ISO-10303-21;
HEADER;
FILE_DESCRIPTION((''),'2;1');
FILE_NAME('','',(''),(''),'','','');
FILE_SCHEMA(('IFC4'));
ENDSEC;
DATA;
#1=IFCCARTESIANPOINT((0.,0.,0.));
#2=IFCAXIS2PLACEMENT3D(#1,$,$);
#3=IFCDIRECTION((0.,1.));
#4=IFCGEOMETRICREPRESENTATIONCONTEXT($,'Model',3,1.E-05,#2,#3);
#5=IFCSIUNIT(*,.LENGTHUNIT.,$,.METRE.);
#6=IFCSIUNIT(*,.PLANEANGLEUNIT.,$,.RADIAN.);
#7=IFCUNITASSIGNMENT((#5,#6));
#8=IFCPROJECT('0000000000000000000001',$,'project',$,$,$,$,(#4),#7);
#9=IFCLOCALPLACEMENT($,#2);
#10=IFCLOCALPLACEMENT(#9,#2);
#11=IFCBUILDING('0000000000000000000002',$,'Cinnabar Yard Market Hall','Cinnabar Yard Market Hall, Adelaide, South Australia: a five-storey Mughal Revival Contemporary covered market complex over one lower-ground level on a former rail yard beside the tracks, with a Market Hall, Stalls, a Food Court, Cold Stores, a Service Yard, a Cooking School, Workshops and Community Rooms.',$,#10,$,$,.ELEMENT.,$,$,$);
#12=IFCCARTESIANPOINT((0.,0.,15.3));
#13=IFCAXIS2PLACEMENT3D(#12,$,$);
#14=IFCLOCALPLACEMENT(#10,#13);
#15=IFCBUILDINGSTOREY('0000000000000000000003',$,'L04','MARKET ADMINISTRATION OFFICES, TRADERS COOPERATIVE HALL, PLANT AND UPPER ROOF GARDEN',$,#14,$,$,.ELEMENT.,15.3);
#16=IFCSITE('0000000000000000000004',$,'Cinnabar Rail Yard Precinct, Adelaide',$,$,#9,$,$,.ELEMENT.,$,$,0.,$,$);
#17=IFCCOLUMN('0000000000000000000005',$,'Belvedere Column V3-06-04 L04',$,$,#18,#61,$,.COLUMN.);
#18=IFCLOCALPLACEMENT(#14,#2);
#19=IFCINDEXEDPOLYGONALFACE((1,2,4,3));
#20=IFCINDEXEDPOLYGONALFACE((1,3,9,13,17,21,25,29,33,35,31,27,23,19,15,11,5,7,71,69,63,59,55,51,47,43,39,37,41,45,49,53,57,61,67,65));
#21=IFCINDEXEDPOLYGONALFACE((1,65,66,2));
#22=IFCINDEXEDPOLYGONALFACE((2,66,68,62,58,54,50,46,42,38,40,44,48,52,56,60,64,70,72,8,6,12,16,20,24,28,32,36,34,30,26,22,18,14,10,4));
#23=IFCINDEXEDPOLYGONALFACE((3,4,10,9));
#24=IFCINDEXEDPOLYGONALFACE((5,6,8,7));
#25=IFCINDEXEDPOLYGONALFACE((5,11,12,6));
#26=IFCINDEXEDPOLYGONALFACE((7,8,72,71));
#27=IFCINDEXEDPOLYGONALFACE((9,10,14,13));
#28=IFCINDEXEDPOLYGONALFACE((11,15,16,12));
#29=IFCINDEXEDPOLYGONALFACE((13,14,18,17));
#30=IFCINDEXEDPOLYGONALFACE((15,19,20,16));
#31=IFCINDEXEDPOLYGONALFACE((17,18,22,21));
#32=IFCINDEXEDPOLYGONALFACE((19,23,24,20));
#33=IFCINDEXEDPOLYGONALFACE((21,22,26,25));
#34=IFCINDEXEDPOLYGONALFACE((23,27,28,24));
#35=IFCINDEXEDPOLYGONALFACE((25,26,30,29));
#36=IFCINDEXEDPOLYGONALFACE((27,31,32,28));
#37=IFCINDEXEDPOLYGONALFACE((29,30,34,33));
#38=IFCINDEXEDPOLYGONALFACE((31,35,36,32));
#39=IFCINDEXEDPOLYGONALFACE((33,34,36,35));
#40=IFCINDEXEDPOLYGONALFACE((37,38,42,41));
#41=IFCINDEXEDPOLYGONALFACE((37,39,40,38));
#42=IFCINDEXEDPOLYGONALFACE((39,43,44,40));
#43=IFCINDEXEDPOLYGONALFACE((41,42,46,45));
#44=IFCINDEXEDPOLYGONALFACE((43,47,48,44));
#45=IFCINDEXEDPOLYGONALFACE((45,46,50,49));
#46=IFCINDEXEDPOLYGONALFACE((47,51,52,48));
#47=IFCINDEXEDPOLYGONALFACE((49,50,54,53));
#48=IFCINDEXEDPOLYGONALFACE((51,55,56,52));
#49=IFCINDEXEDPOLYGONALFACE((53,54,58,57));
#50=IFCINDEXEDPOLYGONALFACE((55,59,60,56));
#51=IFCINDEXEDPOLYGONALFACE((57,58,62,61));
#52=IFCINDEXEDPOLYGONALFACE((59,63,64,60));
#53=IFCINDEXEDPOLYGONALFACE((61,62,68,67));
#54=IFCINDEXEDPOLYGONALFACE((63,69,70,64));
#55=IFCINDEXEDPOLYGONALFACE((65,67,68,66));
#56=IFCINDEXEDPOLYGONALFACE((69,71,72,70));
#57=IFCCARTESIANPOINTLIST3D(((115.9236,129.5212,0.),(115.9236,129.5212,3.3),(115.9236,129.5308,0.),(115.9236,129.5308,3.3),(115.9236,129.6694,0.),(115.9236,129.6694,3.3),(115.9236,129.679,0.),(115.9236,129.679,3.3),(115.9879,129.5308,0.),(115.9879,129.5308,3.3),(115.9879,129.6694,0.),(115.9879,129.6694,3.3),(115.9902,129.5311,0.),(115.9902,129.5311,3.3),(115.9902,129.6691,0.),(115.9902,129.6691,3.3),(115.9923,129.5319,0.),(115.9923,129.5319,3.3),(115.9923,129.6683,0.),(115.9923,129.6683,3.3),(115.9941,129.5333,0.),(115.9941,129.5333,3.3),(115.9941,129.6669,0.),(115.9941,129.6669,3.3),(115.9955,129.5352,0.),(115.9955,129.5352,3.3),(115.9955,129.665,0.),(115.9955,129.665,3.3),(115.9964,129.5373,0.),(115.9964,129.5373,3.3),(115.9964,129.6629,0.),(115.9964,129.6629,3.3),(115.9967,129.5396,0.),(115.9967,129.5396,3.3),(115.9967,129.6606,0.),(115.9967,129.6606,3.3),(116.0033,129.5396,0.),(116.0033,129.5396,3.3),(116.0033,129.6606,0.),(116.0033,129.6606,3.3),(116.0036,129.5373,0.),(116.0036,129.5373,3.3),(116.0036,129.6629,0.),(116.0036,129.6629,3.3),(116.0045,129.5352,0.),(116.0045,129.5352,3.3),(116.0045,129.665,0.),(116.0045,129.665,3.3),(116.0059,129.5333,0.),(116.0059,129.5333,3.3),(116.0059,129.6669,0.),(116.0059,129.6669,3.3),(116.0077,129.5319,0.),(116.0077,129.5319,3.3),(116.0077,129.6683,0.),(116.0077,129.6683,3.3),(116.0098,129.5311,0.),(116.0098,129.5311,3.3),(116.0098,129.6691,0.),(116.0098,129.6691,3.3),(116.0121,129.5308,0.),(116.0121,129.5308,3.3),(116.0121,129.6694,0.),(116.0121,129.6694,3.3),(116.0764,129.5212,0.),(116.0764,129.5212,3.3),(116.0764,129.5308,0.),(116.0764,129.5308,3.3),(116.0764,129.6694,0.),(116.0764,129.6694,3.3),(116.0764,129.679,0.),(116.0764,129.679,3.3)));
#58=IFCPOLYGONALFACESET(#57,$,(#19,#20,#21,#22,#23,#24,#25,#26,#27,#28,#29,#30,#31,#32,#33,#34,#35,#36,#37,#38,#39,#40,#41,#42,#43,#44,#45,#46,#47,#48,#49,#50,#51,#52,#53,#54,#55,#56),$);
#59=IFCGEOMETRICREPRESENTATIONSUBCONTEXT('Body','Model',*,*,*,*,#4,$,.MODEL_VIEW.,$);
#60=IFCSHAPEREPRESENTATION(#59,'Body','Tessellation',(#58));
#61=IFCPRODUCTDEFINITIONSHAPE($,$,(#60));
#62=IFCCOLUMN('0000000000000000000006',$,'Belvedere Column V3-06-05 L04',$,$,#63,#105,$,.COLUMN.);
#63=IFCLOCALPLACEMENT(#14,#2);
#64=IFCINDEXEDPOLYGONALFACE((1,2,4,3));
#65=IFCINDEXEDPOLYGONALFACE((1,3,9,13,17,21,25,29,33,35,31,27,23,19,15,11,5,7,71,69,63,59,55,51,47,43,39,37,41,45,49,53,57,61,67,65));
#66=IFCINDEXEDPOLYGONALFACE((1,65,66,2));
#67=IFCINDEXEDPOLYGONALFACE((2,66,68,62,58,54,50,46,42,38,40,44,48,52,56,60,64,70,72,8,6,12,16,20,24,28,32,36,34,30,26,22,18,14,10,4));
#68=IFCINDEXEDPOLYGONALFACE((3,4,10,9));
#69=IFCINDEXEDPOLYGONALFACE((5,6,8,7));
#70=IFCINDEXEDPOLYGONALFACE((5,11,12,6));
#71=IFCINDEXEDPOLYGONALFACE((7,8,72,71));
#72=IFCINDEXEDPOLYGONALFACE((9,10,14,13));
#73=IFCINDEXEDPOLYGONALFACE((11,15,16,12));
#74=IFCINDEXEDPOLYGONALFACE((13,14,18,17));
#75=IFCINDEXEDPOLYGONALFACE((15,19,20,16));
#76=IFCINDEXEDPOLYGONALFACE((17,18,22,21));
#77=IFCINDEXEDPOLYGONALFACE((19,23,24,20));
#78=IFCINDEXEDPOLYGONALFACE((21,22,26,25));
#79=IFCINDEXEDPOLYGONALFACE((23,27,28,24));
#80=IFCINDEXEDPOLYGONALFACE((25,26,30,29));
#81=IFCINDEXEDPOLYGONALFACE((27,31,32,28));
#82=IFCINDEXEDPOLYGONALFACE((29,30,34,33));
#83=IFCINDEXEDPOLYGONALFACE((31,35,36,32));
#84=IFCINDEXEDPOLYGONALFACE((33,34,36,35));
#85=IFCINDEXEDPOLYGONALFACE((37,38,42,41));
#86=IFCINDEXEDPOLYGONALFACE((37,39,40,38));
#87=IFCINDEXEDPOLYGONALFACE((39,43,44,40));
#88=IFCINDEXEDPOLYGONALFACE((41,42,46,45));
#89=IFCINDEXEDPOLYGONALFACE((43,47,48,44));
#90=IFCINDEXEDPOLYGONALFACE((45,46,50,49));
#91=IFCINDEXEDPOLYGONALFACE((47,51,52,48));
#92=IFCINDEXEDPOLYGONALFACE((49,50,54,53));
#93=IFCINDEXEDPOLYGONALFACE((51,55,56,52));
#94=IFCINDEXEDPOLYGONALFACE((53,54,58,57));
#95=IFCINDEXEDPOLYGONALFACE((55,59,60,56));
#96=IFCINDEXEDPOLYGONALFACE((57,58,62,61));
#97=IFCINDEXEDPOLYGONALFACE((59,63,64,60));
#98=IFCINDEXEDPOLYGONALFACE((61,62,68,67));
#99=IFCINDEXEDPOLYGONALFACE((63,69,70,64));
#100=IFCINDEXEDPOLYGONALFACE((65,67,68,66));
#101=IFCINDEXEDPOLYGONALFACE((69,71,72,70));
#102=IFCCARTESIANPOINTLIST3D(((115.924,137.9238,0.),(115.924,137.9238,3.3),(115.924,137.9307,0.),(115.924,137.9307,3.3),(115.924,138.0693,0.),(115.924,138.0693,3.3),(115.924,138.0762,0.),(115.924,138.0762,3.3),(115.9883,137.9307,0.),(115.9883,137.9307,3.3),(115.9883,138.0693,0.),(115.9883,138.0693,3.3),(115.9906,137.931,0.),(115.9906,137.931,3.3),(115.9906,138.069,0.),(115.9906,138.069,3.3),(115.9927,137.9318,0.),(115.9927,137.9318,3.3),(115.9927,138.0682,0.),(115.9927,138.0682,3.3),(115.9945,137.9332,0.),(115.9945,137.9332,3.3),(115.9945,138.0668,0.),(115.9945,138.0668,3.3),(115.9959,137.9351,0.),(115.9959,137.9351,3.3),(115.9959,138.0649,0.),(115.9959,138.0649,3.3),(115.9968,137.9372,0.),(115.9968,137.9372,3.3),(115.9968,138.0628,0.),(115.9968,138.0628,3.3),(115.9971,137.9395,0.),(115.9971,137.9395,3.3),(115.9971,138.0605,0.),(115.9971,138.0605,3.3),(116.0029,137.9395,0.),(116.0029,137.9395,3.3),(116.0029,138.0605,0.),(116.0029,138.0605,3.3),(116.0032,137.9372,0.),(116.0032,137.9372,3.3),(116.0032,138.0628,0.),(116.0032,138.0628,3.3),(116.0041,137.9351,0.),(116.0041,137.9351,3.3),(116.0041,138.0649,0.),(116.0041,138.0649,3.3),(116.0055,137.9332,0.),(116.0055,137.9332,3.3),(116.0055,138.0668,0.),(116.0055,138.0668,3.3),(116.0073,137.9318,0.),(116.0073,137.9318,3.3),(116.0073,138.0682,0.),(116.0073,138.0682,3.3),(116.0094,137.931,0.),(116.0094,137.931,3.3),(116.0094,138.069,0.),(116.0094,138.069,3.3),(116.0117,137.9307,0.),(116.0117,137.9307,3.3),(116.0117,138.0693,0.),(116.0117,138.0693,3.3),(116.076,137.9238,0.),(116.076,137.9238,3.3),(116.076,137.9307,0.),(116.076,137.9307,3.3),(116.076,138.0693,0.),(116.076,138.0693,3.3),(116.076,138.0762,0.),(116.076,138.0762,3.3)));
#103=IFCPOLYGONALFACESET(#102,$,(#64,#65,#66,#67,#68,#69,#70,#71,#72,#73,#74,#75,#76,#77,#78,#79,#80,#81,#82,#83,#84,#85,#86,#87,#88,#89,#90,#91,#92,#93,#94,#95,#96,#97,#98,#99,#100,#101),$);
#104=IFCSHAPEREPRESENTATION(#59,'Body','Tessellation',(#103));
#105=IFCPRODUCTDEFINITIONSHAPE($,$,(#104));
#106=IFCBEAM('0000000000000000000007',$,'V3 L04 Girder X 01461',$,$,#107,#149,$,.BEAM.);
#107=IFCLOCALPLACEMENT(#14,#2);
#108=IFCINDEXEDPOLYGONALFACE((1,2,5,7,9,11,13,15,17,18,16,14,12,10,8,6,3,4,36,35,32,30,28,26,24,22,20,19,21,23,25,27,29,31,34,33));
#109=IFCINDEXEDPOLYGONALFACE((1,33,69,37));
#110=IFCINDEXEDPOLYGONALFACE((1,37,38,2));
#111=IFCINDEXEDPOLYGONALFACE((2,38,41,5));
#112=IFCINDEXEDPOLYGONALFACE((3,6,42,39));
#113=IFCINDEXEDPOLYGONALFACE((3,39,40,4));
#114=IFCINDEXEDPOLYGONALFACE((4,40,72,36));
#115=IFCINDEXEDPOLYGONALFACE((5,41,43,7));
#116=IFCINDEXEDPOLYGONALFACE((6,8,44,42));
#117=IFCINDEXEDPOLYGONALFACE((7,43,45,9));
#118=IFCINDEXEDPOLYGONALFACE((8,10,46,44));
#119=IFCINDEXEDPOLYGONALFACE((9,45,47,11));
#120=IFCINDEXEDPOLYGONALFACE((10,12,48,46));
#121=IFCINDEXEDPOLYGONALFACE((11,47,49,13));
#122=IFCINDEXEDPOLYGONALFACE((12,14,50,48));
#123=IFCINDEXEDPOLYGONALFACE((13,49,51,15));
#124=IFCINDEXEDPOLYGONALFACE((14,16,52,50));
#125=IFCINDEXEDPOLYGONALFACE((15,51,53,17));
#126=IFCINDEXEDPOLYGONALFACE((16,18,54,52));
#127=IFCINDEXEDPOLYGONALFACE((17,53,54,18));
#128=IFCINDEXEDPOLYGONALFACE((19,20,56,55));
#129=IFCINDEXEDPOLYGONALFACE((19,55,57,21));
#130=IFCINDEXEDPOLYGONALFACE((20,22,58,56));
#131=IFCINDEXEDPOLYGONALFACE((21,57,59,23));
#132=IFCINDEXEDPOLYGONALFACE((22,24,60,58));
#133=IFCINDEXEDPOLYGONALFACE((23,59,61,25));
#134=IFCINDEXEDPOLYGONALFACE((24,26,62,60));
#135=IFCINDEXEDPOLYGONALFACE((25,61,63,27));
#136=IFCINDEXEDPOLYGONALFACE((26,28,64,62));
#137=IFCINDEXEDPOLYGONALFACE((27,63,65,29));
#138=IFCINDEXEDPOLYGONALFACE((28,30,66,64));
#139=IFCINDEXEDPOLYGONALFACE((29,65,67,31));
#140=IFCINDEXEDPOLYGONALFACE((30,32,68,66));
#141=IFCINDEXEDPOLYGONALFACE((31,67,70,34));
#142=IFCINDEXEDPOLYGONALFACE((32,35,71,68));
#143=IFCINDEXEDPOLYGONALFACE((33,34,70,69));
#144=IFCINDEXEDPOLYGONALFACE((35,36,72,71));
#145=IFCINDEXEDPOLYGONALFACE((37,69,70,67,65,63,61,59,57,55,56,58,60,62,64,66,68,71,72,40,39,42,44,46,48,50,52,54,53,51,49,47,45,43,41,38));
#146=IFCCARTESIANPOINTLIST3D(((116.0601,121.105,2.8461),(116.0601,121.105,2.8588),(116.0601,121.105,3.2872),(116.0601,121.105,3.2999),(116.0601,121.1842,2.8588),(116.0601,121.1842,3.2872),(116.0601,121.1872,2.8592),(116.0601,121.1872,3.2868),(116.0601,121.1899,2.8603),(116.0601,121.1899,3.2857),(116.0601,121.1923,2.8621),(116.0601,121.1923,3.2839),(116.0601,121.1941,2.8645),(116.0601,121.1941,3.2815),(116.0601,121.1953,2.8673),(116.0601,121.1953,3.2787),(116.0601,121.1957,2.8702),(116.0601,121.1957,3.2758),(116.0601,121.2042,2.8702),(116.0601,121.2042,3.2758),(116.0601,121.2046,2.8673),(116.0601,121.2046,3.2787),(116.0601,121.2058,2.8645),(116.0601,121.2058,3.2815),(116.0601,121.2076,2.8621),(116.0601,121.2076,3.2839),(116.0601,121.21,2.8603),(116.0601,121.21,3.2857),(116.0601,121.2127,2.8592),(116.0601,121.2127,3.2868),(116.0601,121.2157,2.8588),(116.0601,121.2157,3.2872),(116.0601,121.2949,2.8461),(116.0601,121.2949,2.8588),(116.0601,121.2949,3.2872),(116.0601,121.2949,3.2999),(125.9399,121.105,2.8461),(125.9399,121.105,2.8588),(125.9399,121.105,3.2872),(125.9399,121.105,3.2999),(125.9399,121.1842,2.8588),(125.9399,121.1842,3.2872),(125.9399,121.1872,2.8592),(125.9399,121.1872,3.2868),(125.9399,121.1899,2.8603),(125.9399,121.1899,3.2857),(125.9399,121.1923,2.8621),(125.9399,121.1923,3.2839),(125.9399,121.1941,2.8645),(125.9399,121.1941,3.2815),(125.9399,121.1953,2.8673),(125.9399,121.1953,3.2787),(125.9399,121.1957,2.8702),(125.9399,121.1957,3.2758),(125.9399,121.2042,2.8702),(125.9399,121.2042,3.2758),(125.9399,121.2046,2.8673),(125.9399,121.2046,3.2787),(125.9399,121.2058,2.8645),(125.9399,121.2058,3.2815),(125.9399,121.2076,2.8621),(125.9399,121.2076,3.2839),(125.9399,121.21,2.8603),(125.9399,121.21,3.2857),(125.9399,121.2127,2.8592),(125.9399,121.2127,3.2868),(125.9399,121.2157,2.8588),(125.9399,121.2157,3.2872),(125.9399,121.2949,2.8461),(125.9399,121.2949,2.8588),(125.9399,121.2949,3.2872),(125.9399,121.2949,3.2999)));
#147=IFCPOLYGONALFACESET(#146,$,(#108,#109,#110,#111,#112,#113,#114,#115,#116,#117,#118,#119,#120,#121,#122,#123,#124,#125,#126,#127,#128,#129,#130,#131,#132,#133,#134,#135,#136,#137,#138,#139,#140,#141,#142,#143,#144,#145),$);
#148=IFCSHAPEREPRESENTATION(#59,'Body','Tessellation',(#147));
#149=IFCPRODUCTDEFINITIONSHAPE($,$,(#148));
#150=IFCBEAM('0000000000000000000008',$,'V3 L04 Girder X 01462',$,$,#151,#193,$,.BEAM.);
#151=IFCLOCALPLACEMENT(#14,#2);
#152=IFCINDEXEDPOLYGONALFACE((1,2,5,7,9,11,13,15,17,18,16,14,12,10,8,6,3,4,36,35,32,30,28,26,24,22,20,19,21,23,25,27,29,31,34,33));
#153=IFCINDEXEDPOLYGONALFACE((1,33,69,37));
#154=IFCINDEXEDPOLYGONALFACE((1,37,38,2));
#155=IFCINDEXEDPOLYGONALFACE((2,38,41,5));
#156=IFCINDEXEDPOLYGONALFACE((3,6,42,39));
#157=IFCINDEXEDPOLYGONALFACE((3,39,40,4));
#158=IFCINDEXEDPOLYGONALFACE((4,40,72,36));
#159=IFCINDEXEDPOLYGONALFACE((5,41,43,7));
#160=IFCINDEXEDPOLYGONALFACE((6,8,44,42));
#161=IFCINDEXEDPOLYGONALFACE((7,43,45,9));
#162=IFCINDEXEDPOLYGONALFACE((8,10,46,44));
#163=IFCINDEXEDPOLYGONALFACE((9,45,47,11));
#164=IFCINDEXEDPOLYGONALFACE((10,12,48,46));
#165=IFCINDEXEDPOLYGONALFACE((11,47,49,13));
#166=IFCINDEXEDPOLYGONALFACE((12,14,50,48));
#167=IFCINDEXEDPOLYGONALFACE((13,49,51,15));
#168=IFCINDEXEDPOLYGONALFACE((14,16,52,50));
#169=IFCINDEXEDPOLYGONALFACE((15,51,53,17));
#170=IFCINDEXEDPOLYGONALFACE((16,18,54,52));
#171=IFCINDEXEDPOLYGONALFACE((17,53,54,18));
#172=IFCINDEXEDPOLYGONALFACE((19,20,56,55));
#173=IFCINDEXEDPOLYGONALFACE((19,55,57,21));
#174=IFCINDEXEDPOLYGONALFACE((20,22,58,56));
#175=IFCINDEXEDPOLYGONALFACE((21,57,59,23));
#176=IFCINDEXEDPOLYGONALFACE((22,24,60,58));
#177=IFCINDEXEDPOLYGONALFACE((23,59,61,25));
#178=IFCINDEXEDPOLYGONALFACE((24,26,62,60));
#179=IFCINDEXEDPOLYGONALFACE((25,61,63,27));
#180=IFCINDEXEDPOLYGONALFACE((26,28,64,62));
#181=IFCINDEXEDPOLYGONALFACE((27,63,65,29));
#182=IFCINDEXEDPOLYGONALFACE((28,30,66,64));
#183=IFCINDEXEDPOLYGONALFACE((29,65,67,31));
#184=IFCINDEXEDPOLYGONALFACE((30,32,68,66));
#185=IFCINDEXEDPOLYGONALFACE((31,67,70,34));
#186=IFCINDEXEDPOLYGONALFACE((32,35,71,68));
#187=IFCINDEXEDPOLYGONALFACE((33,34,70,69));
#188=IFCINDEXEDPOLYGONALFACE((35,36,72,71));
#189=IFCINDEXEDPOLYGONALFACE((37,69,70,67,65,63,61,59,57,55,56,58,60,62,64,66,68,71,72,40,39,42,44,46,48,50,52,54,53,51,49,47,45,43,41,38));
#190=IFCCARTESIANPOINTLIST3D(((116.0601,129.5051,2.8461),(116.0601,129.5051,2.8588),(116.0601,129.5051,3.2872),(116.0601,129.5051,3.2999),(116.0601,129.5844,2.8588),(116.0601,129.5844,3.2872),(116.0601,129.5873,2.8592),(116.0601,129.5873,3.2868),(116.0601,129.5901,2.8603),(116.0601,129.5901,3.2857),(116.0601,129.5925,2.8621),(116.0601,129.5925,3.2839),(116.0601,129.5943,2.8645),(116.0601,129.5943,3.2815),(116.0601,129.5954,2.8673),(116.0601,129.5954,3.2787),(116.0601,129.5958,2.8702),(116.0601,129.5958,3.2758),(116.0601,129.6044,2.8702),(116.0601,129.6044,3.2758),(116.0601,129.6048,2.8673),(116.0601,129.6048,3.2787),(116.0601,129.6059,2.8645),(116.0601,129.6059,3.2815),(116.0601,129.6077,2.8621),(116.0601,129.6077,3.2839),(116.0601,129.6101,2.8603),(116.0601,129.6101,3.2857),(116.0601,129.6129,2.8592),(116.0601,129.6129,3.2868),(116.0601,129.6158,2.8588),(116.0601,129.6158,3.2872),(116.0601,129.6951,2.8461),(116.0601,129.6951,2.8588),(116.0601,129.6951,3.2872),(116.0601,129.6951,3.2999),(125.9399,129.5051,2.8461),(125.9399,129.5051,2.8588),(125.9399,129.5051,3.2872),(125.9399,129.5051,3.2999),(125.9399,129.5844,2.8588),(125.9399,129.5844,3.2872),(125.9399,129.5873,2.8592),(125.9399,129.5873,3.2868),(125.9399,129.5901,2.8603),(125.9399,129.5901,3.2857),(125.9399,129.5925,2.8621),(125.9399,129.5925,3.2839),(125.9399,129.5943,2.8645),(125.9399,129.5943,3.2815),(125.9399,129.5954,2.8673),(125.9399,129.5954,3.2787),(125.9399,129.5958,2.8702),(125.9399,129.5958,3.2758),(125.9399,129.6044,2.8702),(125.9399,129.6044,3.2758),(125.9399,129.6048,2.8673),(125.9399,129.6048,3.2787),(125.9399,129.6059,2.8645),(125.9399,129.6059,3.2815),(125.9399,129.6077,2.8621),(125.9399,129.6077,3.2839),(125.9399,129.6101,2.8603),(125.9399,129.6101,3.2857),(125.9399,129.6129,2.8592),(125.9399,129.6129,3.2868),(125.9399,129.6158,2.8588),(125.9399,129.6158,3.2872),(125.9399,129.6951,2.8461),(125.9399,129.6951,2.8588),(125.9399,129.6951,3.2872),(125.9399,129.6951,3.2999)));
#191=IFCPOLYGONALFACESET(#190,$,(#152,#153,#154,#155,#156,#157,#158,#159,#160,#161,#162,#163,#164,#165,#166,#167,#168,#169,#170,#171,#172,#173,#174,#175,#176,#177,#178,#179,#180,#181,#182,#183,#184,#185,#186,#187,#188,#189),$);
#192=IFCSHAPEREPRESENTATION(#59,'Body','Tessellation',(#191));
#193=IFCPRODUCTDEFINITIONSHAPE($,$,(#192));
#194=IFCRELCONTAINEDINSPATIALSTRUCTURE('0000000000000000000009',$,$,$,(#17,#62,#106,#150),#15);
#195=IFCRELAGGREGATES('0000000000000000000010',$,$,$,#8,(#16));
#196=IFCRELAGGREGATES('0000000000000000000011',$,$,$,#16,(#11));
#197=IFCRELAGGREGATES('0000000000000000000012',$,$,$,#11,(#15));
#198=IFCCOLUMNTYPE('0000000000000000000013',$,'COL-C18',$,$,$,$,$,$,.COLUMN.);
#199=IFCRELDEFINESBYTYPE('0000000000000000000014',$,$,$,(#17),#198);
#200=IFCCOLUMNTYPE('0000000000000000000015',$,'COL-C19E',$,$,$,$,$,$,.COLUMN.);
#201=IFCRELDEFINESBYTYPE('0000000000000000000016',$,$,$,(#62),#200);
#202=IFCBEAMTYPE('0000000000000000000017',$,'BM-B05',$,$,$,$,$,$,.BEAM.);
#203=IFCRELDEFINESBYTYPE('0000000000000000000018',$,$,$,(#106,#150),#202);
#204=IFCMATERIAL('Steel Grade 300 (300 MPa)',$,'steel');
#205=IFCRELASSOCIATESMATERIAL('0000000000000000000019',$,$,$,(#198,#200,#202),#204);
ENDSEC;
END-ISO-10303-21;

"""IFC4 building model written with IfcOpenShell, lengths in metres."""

from ifc_helpers import new_model, si_unit, direction, frame, origin, origin_2d_with_axis, place, context, subcontext, project, spatial, i_section, extrude, material, material_profile, profile_set, type_object, element, save


model = new_model("IFC4")

# Units and contexts
model_context = context("Model", 3, precision=1e-05, world=origin(), true_north=direction((0.0, 1.0)))
body_context = subcontext(model_context, "Body", "Model", "MODEL_VIEW")
ifc_project = project(units=[si_unit("LENGTHUNIT", "METRE"), si_unit("PLANEANGLEUNIT", "RADIAN")], contexts=[model_context])

# Site, building, storey
site_placement = place(None, origin())
site = spatial("IfcSite", under=ifc_project, at=site_placement, Name="Cinnabar Rail Yard Precinct, Adelaide", CompositionType="ELEMENT", RefElevation=0.0)
building_placement = place(site_placement, origin())
building = spatial("IfcBuilding", under=site, at=building_placement, Name="Cinnabar Yard Market Hall", Description="Cinnabar Yard Market Hall, Adelaide, South Australia: a five-storey Mughal Revival Contemporary covered market complex over one lower-ground level on a former rail yard beside the tracks, with a Market Hall, Stalls, a Food Court, Cold Stores, a Service Yard, a Cooking School, Workshops and Community Rooms.", CompositionType="ELEMENT")
storey_placement = place(building_placement, frame((0.0, 0.0, 15.3)))
storey = spatial("IfcBuildingStorey", under=building, at=storey_placement, Name="L04", Description="MARKET ADMINISTRATION OFFICES, TRADERS COOPERATIVE HALL, PLANT AND UPPER ROOF GARDEN", CompositionType="ELEMENT", Elevation=15.3)

# Columns
ifc_material_1 = material(Name="Steel Grade 300 (300 MPa)", Category="steel")
ifc_material_profile_1 = material_profile(ifc_material_1, i_section(OverallWidth=0.1528, OverallDepth=0.1577, WebThickness=0.0066, FlangeThickness=0.0095, FilletRadius=0.0088, at=origin_2d_with_axis()), Name="150UC30.0")
ifc_profile_set_1 = profile_set([ifc_material_profile_1], Name="Steel Grade 300 (300 MPa)")
column_type_1 = type_object("IfcColumnType", Name="COL-C18", PredefinedType="COLUMN", material=ifc_profile_set_1)
column_1_placement = place(storey_placement, frame((116.0, 129.6001, 0.0), z_axis=(0.0, 0.0, 1.0), x_axis=(1.0, 0.0, 0.0)))
element("IfcColumn", 1, at=column_1_placement, inside=storey, type_object=column_type_1, Name="Belvedere Column V3-06-04 L04", PredefinedType="COLUMN", context=body_context, shape_type="SweptSolid", body=[
    extrude(i_section(OverallWidth=0.1528, OverallDepth=0.1577, WebThickness=0.0066, FlangeThickness=0.0095, FilletRadius=0.0088, at=origin_2d_with_axis()), origin(), (0.0, 0.0, 1.0), 3.3),
])
ifc_material_profile_2 = material_profile(ifc_material_1, i_section(OverallWidth=0.1521, OverallDepth=0.1523, WebThickness=0.0059, FlangeThickness=0.0068, FilletRadius=0.0088, at=origin_2d_with_axis()), Name="150UC23.4")
ifc_profile_set_2 = profile_set([ifc_material_profile_2], Name="Steel Grade 300 (300 MPa)")
column_type_2 = type_object("IfcColumnType", Name="COL-C19E", PredefinedType="COLUMN", material=ifc_profile_set_2)
column_2_placement = place(storey_placement, frame((116.0, 138.0, 0.0), z_axis=(0.0, 0.0, 1.0), x_axis=(1.0, 0.0, 0.0)))
element("IfcColumn", 2, at=column_2_placement, inside=storey, type_object=column_type_2, Name="Belvedere Column V3-06-05 L04", PredefinedType="COLUMN", context=body_context, shape_type="SweptSolid", body=[
    extrude(i_section(OverallWidth=0.1521, OverallDepth=0.1523, WebThickness=0.0059, FlangeThickness=0.0068, FilletRadius=0.0088, at=origin_2d_with_axis()), origin(), (0.0, 0.0, 1.0), 3.3),
])

# Beams
ifc_material_profile_3 = material_profile(ifc_material_1, i_section(OverallWidth=0.1899, OverallDepth=0.4539, WebThickness=0.0085, FlangeThickness=0.0127, FilletRadius=0.0115, at=origin_2d_with_axis()), Name="460UB67.1")
ifc_profile_set_3 = profile_set([ifc_material_profile_3], Name="Steel Grade 300 (300 MPa)")
beam_type_1 = type_object("IfcBeamType", Name="BM-B05", PredefinedType="BEAM", material=ifc_profile_set_3)
for number, where, z_axis, x_axis, name in (
    (3, (116.0601, 121.2, 3.073), (1.0, 0.0, 0.0), (0.0, 1.0, 0.0), "V3 L04 Girder X 01461"),
    (4, (116.0601, 129.6001, 3.073), (1.0, 0.0, 0.0), (0.0, 1.0, 0.0), "V3 L04 Girder X 01462"),
):
    element("IfcBeam", number, at=place(storey_placement, frame(where, z_axis=z_axis, x_axis=x_axis)), inside=storey, type_object=beam_type_1, Name=name, PredefinedType="BEAM", context=body_context, shape_type="SweptSolid", body=[
        extrude(i_section(OverallWidth=0.1899, OverallDepth=0.4539, WebThickness=0.0085, FlangeThickness=0.0127, FilletRadius=0.0115, at=origin_2d_with_axis()), origin(), (0.0, 0.0, 1.0), 9.8799),
    ])

save(model, "model.ifc")
